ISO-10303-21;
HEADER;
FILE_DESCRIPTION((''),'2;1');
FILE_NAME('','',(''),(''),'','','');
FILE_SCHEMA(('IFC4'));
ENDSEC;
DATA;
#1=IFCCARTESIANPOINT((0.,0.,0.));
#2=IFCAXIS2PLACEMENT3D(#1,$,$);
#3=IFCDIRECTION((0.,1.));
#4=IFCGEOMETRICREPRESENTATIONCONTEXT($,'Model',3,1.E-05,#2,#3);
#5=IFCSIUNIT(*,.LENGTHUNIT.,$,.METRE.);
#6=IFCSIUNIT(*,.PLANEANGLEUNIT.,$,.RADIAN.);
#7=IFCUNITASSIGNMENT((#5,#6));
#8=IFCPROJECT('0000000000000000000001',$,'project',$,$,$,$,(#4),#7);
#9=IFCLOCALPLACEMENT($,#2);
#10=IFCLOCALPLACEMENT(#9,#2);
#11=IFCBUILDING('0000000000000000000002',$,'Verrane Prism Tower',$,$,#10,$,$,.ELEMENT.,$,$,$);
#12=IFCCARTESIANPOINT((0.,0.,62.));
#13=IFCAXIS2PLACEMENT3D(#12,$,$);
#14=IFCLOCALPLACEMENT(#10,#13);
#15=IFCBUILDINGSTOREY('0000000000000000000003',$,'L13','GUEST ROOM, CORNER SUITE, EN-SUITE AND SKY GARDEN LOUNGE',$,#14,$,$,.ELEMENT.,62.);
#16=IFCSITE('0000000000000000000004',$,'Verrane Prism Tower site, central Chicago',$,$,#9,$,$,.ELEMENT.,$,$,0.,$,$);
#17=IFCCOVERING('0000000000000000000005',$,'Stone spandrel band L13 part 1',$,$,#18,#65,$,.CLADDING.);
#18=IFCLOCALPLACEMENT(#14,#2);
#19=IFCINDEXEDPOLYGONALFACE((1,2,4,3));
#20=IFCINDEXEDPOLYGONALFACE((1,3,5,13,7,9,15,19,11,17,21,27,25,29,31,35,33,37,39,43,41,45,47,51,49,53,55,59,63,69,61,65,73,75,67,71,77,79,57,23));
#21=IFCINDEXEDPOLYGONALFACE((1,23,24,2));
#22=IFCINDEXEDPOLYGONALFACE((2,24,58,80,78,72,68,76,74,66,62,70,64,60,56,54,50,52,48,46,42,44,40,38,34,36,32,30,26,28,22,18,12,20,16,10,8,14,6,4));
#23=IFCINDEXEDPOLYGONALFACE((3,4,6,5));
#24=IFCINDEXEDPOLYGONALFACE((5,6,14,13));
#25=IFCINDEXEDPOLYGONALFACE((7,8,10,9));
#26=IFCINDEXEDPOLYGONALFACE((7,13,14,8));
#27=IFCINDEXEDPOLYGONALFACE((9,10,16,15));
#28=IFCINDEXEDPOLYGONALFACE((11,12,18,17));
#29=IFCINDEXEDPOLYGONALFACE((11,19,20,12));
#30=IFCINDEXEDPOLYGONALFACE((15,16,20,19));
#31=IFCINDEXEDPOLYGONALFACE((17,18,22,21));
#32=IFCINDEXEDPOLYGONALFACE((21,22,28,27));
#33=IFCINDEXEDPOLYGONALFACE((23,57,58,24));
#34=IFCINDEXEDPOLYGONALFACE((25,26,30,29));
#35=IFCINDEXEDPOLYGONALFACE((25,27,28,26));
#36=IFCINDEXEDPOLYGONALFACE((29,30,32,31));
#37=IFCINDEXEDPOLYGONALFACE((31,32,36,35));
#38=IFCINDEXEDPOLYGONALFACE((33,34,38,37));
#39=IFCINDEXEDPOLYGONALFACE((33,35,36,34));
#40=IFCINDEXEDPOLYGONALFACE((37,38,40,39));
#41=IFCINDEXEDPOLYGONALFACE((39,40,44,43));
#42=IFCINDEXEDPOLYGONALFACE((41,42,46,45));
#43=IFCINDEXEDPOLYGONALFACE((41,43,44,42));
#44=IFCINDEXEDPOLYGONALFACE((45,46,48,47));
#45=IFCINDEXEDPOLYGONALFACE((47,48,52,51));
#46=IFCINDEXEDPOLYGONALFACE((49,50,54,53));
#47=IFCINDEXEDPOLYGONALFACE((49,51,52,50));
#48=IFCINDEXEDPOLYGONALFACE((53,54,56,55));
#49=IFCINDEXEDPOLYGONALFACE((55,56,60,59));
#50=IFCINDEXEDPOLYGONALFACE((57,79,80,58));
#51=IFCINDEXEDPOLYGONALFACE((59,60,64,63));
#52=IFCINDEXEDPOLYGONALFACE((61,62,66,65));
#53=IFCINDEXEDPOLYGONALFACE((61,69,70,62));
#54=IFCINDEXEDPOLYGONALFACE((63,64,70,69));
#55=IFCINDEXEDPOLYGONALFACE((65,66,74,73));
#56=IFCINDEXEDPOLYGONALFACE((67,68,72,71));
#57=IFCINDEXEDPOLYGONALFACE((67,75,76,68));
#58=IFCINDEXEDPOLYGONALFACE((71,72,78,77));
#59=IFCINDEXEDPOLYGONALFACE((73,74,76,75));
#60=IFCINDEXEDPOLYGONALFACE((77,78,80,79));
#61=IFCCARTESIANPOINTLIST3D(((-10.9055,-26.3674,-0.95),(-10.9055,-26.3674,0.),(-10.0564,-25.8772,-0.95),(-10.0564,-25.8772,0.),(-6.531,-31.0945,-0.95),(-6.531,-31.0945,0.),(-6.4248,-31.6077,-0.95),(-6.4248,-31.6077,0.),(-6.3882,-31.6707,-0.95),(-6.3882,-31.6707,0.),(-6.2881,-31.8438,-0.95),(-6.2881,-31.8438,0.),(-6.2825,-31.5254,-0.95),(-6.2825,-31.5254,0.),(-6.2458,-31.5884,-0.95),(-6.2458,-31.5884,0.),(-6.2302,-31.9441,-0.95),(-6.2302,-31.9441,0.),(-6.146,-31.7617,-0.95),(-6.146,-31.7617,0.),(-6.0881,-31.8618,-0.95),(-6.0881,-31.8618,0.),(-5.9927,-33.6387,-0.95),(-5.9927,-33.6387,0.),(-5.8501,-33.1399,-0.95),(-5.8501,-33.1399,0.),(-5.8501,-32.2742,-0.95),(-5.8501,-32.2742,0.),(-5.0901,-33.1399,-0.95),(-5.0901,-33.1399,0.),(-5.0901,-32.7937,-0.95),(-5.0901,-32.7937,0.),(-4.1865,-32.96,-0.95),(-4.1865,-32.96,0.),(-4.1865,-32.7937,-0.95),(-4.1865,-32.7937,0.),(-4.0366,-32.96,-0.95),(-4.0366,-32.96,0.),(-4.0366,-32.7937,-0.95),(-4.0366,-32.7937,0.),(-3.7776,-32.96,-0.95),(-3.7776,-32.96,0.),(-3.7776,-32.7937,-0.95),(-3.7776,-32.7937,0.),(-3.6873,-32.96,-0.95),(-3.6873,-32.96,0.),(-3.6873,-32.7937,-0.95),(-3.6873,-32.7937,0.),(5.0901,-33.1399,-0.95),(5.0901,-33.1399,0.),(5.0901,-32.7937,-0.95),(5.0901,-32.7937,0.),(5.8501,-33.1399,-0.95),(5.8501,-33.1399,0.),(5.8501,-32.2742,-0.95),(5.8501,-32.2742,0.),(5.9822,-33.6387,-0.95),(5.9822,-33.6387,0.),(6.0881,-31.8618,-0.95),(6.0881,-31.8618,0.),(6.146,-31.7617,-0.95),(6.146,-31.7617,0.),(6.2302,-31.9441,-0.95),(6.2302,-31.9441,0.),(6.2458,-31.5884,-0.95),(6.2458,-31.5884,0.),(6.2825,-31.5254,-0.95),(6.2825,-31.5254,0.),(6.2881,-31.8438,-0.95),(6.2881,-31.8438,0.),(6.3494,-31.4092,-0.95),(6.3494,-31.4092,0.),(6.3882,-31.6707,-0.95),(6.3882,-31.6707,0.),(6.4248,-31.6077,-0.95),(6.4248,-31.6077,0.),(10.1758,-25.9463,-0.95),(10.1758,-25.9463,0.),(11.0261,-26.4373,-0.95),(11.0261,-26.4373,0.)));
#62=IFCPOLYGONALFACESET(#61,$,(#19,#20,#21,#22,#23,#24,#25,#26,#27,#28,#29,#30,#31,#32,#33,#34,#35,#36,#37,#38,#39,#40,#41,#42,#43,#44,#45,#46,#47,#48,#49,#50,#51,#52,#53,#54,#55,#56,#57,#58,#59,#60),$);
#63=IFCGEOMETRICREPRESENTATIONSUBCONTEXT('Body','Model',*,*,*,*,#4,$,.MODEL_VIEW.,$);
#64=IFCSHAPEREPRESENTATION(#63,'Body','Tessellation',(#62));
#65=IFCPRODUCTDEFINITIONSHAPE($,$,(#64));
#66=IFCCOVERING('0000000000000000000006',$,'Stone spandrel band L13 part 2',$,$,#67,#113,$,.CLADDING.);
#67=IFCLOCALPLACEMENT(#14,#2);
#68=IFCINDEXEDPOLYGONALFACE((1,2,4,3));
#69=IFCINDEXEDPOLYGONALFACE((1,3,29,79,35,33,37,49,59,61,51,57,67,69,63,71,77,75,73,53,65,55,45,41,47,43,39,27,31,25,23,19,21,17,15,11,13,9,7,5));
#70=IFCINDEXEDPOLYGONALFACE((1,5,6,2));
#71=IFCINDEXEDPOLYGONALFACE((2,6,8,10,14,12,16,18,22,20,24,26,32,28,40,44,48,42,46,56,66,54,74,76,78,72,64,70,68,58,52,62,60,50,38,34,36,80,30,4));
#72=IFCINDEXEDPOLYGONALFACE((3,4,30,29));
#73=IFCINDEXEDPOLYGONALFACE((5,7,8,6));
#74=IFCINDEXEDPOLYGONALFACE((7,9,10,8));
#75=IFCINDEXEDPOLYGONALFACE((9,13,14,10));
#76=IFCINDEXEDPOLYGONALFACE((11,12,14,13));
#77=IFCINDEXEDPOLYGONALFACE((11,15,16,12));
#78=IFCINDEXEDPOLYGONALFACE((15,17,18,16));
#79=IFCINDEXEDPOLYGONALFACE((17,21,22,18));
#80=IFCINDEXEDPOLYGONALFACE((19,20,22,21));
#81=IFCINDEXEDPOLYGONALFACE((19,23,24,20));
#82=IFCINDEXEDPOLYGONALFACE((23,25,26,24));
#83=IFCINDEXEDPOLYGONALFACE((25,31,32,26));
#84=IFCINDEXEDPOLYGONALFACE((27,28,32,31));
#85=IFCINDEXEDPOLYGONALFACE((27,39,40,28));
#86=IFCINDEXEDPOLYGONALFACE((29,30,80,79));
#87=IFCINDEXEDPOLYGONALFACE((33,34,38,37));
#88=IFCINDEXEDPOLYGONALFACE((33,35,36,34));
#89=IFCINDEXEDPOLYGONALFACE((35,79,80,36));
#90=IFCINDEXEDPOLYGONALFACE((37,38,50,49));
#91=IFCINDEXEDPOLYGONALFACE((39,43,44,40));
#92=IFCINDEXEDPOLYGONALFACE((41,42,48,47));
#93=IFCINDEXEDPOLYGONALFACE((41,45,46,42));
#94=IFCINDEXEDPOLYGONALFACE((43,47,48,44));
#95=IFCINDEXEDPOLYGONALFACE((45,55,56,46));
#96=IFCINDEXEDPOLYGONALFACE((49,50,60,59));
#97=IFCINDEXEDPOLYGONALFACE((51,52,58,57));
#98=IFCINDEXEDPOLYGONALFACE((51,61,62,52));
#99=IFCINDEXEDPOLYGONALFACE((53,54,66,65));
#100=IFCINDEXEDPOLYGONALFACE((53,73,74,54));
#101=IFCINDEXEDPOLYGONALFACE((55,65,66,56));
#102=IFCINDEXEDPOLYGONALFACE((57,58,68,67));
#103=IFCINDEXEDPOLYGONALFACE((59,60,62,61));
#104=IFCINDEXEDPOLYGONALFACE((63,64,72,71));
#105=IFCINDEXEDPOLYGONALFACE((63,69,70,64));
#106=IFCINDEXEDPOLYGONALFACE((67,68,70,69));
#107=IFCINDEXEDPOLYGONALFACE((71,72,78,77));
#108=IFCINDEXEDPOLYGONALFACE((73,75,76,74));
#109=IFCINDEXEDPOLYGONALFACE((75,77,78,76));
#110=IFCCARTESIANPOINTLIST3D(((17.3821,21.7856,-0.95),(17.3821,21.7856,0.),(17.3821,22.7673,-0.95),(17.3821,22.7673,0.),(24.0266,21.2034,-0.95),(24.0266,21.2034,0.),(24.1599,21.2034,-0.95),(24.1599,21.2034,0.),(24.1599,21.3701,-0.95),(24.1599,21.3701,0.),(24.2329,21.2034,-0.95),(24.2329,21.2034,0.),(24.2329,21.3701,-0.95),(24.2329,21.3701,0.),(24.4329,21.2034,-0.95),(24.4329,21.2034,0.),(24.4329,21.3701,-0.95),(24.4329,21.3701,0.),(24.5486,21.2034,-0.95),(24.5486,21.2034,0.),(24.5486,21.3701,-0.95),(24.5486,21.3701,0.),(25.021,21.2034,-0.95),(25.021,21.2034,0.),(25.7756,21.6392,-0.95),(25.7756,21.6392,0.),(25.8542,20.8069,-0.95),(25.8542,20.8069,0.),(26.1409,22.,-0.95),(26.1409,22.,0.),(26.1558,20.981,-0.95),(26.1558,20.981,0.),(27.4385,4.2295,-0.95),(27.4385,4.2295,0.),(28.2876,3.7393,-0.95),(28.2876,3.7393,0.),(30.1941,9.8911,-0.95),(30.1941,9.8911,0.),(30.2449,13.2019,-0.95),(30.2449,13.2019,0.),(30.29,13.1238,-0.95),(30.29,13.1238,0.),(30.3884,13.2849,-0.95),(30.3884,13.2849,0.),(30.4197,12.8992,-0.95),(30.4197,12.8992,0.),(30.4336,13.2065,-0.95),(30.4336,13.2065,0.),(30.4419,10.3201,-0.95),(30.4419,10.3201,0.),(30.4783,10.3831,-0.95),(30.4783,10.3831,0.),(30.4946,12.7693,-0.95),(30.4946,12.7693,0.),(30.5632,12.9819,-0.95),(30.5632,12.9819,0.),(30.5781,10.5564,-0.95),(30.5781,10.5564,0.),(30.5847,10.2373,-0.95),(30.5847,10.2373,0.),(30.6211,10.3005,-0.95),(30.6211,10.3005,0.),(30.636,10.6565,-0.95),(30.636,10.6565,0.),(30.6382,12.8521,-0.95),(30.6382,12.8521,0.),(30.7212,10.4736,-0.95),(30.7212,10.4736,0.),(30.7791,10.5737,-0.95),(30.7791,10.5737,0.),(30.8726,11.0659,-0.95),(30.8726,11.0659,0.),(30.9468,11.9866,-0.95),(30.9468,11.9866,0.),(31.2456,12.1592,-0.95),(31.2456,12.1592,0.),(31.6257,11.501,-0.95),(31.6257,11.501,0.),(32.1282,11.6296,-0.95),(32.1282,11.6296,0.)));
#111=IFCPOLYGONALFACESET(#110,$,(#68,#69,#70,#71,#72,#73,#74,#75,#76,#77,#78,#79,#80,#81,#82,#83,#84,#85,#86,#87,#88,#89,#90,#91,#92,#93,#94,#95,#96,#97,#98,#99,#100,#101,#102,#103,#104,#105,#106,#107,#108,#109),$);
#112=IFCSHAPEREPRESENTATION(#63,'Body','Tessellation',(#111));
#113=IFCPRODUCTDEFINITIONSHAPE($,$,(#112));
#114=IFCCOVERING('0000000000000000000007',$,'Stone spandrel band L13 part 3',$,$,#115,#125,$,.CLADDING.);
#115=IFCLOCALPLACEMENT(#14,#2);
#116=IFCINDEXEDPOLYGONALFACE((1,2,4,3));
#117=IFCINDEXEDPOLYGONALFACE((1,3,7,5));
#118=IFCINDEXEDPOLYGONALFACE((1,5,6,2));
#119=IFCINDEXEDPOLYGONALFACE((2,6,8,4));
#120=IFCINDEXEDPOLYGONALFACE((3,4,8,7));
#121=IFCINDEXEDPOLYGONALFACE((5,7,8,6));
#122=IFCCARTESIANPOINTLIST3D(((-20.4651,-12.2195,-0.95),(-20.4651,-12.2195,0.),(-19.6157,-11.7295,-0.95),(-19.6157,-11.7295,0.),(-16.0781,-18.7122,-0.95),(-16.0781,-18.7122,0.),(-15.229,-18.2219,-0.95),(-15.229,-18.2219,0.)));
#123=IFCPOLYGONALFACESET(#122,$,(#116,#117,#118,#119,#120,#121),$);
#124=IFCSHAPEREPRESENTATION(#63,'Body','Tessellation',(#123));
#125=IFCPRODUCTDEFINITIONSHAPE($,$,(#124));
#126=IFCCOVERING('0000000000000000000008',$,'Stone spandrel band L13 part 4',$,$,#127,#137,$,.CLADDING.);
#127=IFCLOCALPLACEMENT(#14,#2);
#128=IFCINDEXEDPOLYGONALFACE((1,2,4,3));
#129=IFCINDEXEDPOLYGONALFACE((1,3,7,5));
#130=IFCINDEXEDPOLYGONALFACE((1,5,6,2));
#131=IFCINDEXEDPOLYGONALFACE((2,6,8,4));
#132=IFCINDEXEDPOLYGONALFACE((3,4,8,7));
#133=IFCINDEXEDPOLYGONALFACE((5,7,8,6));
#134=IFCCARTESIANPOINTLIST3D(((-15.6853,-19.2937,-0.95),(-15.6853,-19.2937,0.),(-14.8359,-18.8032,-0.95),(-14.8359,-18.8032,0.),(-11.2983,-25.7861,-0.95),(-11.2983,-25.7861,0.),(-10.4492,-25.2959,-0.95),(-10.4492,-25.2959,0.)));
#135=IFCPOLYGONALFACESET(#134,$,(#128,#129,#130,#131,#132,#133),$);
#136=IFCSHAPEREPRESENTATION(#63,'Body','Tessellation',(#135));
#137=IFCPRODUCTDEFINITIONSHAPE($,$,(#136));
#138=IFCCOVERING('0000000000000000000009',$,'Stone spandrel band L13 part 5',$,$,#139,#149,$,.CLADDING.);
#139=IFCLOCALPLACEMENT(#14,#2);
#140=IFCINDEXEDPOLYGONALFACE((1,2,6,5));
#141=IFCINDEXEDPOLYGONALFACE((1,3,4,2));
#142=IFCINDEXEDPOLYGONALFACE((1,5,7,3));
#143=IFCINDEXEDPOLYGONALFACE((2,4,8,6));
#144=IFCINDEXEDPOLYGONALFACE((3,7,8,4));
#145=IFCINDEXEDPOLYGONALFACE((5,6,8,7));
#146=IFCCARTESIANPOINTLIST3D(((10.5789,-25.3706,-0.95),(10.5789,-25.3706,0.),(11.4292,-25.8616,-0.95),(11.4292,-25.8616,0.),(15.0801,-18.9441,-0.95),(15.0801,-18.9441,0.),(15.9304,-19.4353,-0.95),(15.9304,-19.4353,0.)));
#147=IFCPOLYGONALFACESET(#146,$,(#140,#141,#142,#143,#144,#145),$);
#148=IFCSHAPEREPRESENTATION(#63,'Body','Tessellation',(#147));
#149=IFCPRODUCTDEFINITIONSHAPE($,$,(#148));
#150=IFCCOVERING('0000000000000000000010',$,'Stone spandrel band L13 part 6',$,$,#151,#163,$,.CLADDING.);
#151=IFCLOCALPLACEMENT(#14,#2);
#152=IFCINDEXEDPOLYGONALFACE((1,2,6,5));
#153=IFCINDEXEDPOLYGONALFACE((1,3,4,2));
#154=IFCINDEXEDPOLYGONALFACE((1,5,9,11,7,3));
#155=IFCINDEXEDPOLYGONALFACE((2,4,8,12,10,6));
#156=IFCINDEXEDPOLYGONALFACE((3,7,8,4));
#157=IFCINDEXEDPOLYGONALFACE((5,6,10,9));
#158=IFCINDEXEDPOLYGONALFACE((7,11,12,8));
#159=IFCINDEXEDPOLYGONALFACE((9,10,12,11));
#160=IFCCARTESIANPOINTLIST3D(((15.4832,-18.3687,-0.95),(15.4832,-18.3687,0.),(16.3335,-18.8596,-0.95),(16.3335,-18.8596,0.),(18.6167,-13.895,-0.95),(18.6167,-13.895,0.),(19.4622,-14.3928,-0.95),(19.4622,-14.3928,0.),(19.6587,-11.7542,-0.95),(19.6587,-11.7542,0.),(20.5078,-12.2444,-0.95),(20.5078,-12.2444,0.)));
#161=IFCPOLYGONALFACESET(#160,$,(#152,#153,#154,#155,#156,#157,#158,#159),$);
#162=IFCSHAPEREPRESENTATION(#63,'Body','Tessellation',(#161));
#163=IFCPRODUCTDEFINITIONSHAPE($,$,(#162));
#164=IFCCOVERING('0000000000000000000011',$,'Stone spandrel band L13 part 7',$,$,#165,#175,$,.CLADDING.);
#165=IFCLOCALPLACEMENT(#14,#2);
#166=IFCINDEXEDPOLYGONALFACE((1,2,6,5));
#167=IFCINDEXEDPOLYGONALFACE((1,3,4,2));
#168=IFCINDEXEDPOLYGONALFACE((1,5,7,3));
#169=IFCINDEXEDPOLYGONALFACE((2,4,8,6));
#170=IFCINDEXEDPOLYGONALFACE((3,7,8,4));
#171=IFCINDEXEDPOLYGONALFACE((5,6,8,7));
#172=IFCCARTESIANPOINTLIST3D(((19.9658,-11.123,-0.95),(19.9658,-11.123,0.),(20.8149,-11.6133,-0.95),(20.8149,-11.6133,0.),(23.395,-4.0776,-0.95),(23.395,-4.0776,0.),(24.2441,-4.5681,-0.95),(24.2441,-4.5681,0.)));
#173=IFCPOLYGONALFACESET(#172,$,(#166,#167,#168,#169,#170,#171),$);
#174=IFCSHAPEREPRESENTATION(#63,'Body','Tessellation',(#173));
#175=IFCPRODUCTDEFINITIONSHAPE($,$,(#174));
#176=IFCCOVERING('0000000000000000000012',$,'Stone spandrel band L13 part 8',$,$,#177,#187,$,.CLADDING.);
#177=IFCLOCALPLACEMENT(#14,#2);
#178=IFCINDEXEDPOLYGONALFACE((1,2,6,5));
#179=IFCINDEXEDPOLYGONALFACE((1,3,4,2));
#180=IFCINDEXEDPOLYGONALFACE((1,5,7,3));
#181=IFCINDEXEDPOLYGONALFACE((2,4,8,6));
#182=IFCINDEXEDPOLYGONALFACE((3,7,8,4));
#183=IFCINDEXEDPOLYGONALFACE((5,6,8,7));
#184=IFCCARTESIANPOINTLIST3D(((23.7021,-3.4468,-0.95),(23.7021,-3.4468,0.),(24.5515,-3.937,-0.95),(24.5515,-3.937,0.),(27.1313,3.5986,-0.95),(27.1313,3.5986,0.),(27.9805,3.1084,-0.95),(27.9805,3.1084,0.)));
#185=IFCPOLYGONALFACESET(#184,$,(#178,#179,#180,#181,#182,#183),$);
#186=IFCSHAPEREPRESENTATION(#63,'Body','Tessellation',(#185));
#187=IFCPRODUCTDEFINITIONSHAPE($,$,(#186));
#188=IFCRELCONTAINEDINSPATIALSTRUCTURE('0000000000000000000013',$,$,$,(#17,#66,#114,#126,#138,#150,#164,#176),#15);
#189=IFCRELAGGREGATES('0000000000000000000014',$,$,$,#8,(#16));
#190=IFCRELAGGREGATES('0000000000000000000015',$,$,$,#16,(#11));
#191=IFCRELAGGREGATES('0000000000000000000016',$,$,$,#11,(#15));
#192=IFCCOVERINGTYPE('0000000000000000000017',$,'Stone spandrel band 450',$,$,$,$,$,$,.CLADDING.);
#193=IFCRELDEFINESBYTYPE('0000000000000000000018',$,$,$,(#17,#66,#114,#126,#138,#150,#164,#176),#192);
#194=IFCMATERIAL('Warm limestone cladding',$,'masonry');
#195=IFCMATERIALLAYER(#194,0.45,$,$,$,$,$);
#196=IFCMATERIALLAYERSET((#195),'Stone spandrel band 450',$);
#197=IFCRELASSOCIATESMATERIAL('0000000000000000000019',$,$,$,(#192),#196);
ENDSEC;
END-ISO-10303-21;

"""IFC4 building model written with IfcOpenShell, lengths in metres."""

from ifc_helpers import new_model, si_unit, direction, frame, origin, place, context, subcontext, project, spatial, polyline, outline, extrude, material, layer, layer_set, type_object, element, save


model = new_model("IFC4")

# Units and contexts
model_context = context("Model", 3, precision=1e-05, world=origin(), true_north=direction((0.0, 1.0)))
body_context = subcontext(model_context, "Body", "Model", "MODEL_VIEW")
ifc_project = project(units=[si_unit("LENGTHUNIT", "METRE"), si_unit("PLANEANGLEUNIT", "RADIAN")], contexts=[model_context])

# Site, building, storey
site_placement = place(None, origin())
site = spatial("IfcSite", under=ifc_project, at=site_placement, Name="Verrane Prism Tower site, central Chicago", CompositionType="ELEMENT", RefElevation=0.0)
building_placement = place(site_placement, origin())
building = spatial("IfcBuilding", under=site, at=building_placement, Name="Verrane Prism Tower", CompositionType="ELEMENT")
storey_placement = place(building_placement, frame((0.0, 0.0, 62.0)))
storey = spatial("IfcBuildingStorey", under=building, at=storey_placement, Name="L13", Description="GUEST ROOM, CORNER SUITE, EN-SUITE AND SKY GARDEN LOUNGE", CompositionType="ELEMENT", Elevation=62.0)

# Coverings
ifc_material_1 = material(Name="Warm limestone cladding", Category="masonry")
ifc_layer_1 = layer(ifc_material_1, 0.45)
ifc_layer_set_1 = layer_set([ifc_layer_1], Name="Stone spandrel band 450")
covering_type = type_object("IfcCoveringType", Name="Stone spandrel band 450", PredefinedType="CLADDING", material=ifc_layer_set_1)
covering_1_placement = place(storey_placement, frame((0.0, 0.0, -0.95)))
element("IfcCovering", 1, at=covering_1_placement, inside=storey, type_object=covering_type, Name="Stone spandrel band L13 part 1", PredefinedType="CLADDING", context=body_context, shape_type="SweptSolid", body=[
    extrude(outline(polyline([(10.1758, -25.9463), (6.3494, -31.4092), (6.2825, -31.5254), (6.4248, -31.6077), (6.3882, -31.6707), (6.2458, -31.5884), (6.146, -31.7617), (6.2881, -31.8438), (6.2302, -31.9441), (6.0881, -31.8618), (5.8501, -32.2742), (5.8501, -33.1399), (5.0901, -33.1399), (5.0901, -32.7937), (-3.6873, -32.7937), (-3.6873, -32.96), (-3.7776, -32.96), (-3.7776, -32.7937), (-4.0366, -32.7937), (-4.0366, -32.96), (-4.1865, -32.96), (-4.1865, -32.7937), (-5.0901, -32.7937), (-5.0901, -33.1399), (-5.8501, -33.1399), (-5.8501, -32.2742), (-6.0881, -31.8618), (-6.2302, -31.9441), (-6.2881, -31.8438), (-6.146, -31.7617), (-6.2458, -31.5884), (-6.3882, -31.6707), (-6.4248, -31.6077), (-6.2825, -31.5254), (-6.531, -31.0945), (-10.0564, -25.8772), (-10.9055, -26.3674), (-5.9927, -33.6387), (5.9822, -33.6387), (11.0261, -26.4373), (10.1758, -25.9463)])), origin(), (0.0, 0.0, 1.0), 0.95),
])
covering_2_placement = place(storey_placement, frame((0.0, 0.0, -0.95)))
element("IfcCovering", 2, at=covering_2_placement, inside=storey, type_object=covering_type, Name="Stone spandrel band L13 part 2", PredefinedType="CLADDING", context=body_context, shape_type="SweptSolid", body=[
    extrude(outline(polyline([(26.1409, 22.0), (17.3821, 22.7673), (17.3821, 21.7856), (24.0266, 21.2034), (24.1599, 21.2034), (24.1599, 21.3701), (24.2329, 21.3701), (24.2329, 21.2034), (24.4329, 21.2034), (24.4329, 21.3701), (24.5486, 21.3701), (24.5486, 21.2034), (25.021, 21.2034), (25.7756, 21.6392), (26.1558, 20.981), (25.8542, 20.8069), (30.2449, 13.2019), (30.3884, 13.2849), (30.4336, 13.2065), (30.29, 13.1238), (30.4197, 12.8992), (30.5632, 12.9819), (30.6382, 12.8521), (30.4946, 12.7693), (30.9468, 11.9866), (31.2456, 12.1592), (31.6257, 11.501), (30.8726, 11.0659), (30.636, 10.6565), (30.7791, 10.5737), (30.7212, 10.4736), (30.5781, 10.5564), (30.4783, 10.3831), (30.6211, 10.3005), (30.5847, 10.2373), (30.4419, 10.3201), (30.1941, 9.8911), (27.4385, 4.2295), (28.2876, 3.7393), (32.1282, 11.6296), (26.1409, 22.0)])), origin(), (0.0, 0.0, 1.0), 0.95),
])
covering_3_placement = place(storey_placement, frame((0.0, 0.0, -0.95)))
element("IfcCovering", 3, at=covering_3_placement, inside=storey, type_object=covering_type, Name="Stone spandrel band L13 part 3", PredefinedType="CLADDING", context=body_context, shape_type="SweptSolid", body=[
    extrude(outline(polyline([(-16.0781, -18.7122), (-15.229, -18.2219), (-19.6157, -11.7295), (-20.4651, -12.2195), (-16.0781, -18.7122)])), origin(), (0.0, 0.0, 1.0), 0.95),
])
covering_4_placement = place(storey_placement, frame((0.0, 0.0, -0.95)))
element("IfcCovering", 4, at=covering_4_placement, inside=storey, type_object=covering_type, Name="Stone spandrel band L13 part 4", PredefinedType="CLADDING", context=body_context, shape_type="SweptSolid", body=[
    extrude(outline(polyline([(-10.4492, -25.2959), (-14.8359, -18.8032), (-15.6853, -19.2937), (-11.2983, -25.7861), (-10.4492, -25.2959)])), origin(), (0.0, 0.0, 1.0), 0.95),
])
covering_5_placement = place(storey_placement, frame((0.0, 0.0, -0.95)))
element("IfcCovering", 5, at=covering_5_placement, inside=storey, type_object=covering_type, Name="Stone spandrel band L13 part 5", PredefinedType="CLADDING", context=body_context, shape_type="SweptSolid", body=[
    extrude(outline(polyline([(15.0801, -18.9441), (10.5789, -25.3706), (11.4292, -25.8616), (15.9304, -19.4353), (15.0801, -18.9441)])), origin(), (0.0, 0.0, 1.0), 0.95),
])
covering_6_placement = place(storey_placement, frame((0.0, 0.0, -0.95)))
element("IfcCovering", 6, at=covering_6_placement, inside=storey, type_object=covering_type, Name="Stone spandrel band L13 part 6", PredefinedType="CLADDING", context=body_context, shape_type="SweptSolid", body=[
    extrude(outline(polyline([(19.6587, -11.7542), (18.6167, -13.895), (15.4832, -18.3687), (16.3335, -18.8596), (19.4622, -14.3928), (20.5078, -12.2444), (19.6587, -11.7542)])), origin(), (0.0, 0.0, 1.0), 0.95),
])
covering_7_placement = place(storey_placement, frame((0.0, 0.0, -0.95)))
element("IfcCovering", 7, at=covering_7_placement, inside=storey, type_object=covering_type, Name="Stone spandrel band L13 part 7", PredefinedType="CLADDING", context=body_context, shape_type="SweptSolid", body=[
    extrude(outline(polyline([(23.395, -4.0776), (19.9658, -11.123), (20.8149, -11.6133), (24.2441, -4.5681), (23.395, -4.0776)])), origin(), (0.0, 0.0, 1.0), 0.95),
])
covering_8_placement = place(storey_placement, frame((0.0, 0.0, -0.95)))
element("IfcCovering", 8, at=covering_8_placement, inside=storey, type_object=covering_type, Name="Stone spandrel band L13 part 8", PredefinedType="CLADDING", context=body_context, shape_type="SweptSolid", body=[
    extrude(outline(polyline([(27.1313, 3.5986), (23.7021, -3.4468), (24.5515, -3.937), (27.9805, 3.1084), (27.1313, 3.5986)])), origin(), (0.0, 0.0, 1.0), 0.95),
])

save(model, "model.ifc")
